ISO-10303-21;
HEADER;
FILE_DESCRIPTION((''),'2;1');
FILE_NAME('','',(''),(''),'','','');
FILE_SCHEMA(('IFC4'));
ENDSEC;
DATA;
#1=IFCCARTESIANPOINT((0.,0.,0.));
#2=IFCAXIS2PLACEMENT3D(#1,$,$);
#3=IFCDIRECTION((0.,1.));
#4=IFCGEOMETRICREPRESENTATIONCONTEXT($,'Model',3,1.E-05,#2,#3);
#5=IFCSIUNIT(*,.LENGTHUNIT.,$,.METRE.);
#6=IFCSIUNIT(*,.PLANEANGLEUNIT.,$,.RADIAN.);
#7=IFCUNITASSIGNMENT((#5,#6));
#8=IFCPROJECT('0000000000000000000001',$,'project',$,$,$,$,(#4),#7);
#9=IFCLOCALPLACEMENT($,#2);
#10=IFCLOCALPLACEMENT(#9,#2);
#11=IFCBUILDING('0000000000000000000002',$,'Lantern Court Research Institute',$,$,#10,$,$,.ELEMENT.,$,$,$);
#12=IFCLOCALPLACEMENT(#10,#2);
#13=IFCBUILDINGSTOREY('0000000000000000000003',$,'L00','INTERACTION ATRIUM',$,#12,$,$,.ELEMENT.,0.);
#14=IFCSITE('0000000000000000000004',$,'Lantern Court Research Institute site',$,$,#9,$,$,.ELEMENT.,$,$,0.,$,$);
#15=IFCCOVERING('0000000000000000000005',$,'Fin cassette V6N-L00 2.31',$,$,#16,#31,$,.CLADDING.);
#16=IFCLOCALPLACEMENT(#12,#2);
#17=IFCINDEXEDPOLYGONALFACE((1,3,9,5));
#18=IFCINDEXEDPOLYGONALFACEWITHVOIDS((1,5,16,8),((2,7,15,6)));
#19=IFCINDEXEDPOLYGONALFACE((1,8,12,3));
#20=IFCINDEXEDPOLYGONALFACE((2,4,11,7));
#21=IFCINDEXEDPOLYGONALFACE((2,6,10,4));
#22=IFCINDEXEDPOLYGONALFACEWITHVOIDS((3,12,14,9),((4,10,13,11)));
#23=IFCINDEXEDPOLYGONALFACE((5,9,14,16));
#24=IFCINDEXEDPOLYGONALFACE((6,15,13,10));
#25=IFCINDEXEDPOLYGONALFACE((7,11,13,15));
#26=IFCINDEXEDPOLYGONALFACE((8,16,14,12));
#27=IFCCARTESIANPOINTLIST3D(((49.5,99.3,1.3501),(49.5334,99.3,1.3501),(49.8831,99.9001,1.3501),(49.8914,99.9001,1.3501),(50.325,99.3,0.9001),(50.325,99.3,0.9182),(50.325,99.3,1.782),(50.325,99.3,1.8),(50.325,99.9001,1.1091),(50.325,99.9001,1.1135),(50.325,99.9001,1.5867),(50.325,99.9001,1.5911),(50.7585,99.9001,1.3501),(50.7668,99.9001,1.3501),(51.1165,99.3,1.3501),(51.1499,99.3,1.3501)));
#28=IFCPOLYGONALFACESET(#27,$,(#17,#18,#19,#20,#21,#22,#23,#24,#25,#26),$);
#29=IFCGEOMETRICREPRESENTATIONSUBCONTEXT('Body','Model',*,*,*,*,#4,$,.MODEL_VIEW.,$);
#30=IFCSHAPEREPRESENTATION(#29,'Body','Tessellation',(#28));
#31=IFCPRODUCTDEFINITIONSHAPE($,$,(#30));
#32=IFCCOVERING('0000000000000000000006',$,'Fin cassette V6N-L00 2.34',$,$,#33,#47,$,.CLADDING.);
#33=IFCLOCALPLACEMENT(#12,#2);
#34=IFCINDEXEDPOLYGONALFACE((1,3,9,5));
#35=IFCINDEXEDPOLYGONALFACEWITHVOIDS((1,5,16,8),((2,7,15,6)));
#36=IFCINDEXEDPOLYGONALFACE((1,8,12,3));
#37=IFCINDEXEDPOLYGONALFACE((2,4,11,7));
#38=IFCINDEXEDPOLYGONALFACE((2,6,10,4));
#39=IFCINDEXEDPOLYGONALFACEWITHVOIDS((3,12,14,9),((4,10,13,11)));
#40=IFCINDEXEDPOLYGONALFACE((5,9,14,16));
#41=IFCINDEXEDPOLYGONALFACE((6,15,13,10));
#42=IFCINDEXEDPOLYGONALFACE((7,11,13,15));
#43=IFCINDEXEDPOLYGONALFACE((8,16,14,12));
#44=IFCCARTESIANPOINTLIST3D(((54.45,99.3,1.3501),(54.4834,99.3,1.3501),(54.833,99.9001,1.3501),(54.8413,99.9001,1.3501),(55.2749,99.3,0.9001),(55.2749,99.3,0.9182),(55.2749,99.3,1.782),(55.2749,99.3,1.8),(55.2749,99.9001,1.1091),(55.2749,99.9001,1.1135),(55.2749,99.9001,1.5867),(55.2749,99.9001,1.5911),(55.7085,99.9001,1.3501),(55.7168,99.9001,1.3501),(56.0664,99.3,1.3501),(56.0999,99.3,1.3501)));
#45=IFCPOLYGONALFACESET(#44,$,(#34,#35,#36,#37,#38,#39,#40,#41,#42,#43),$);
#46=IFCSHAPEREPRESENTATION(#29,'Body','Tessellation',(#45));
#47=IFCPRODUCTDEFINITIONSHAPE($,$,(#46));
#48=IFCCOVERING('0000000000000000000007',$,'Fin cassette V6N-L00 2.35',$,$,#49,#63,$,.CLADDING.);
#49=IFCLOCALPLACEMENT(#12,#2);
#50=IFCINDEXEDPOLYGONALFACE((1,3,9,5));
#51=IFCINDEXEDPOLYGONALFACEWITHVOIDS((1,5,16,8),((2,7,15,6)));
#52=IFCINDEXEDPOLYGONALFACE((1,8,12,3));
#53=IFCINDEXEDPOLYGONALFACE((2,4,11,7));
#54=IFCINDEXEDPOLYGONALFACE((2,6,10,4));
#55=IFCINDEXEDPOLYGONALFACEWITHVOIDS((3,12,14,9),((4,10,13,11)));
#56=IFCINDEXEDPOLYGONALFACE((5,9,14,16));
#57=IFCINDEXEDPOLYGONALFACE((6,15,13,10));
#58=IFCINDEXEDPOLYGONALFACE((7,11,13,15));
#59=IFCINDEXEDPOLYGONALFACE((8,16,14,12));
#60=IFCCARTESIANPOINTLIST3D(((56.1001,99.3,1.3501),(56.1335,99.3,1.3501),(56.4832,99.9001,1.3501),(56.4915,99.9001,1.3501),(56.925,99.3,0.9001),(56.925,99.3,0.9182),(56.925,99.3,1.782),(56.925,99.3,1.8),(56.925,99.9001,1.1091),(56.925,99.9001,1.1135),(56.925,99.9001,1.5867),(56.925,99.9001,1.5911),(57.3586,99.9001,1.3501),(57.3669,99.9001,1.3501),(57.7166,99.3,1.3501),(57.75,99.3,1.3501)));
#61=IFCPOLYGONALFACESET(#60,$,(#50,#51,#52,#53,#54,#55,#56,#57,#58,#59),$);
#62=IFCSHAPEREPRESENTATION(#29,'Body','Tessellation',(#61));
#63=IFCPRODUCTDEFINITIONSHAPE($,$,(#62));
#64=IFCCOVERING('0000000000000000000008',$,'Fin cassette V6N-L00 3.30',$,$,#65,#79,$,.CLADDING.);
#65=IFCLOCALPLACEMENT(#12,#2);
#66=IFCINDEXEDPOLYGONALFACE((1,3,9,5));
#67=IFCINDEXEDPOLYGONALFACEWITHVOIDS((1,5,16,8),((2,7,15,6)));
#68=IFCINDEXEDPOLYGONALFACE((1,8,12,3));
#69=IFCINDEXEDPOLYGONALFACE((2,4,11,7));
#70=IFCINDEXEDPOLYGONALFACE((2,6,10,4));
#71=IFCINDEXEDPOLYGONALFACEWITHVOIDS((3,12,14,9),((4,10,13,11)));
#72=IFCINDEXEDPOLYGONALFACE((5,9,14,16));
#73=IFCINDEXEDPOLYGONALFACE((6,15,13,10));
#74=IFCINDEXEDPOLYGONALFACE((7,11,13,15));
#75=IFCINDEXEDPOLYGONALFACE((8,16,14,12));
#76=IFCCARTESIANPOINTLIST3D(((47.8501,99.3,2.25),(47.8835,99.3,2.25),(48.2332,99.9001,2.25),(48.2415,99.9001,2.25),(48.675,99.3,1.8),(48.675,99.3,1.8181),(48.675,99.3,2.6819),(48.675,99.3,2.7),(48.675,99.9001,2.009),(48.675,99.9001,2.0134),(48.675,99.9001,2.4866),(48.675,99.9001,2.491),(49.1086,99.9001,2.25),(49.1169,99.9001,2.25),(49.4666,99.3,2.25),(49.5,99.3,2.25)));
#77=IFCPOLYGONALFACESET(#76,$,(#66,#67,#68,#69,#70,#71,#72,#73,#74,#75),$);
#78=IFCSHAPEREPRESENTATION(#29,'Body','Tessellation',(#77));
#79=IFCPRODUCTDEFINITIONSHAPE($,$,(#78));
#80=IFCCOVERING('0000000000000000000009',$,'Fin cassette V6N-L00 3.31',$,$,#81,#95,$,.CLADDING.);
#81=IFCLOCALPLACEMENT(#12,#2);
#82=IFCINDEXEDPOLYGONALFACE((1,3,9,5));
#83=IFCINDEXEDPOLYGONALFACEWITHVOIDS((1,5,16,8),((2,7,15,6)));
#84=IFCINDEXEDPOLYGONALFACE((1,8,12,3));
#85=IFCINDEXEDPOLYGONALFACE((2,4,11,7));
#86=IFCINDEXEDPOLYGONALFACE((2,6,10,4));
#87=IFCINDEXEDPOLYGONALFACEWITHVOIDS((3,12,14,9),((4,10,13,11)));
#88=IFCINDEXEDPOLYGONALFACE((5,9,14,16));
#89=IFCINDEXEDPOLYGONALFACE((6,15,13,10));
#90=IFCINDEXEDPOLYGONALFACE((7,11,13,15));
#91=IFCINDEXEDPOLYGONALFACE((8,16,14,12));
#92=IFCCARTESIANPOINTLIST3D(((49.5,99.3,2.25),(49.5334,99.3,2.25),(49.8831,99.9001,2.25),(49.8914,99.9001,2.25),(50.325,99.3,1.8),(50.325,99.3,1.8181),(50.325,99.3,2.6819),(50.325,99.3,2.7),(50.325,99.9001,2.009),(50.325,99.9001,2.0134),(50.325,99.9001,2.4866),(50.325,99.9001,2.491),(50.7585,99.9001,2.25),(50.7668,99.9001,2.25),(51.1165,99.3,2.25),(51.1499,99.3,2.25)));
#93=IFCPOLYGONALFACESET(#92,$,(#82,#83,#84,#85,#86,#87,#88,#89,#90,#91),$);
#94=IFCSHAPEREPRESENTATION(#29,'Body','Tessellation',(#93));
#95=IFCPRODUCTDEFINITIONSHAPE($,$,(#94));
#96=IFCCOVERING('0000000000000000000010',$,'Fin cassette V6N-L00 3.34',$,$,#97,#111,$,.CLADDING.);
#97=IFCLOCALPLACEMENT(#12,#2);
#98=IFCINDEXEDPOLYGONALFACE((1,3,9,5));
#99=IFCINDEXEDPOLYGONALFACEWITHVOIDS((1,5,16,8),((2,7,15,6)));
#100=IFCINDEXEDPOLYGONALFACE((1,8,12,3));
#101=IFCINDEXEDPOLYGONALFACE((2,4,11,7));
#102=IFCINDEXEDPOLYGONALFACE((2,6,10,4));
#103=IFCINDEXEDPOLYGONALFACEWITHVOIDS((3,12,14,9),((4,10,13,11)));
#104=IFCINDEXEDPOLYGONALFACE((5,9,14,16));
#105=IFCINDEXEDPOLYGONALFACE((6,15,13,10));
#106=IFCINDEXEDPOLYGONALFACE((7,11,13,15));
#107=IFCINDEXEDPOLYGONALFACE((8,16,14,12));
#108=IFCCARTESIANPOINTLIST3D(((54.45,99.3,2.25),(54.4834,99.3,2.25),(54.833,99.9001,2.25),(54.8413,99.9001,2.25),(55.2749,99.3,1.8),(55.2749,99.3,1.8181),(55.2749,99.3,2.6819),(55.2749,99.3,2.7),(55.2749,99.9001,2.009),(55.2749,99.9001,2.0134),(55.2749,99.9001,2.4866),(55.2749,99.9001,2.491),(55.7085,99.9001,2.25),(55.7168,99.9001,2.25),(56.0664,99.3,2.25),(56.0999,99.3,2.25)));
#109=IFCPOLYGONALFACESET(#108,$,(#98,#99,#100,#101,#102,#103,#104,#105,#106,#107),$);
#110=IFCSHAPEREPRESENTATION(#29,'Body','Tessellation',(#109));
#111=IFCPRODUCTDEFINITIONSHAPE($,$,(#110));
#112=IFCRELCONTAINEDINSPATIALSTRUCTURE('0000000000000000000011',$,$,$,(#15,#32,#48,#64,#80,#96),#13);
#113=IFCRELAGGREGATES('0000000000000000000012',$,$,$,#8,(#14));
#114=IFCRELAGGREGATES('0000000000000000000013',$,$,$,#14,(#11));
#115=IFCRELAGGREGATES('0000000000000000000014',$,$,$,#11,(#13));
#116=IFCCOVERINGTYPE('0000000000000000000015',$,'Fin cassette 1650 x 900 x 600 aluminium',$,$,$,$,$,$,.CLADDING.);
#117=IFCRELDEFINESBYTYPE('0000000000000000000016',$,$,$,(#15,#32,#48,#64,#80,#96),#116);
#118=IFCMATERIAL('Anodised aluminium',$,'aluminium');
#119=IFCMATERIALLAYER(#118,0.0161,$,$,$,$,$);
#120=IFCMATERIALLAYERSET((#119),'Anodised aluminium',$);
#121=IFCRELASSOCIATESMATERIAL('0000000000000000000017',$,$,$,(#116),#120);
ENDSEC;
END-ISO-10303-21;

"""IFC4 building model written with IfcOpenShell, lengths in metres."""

from ifc_helpers import new_model, entity, si_unit, direction, frame, origin, place, context, subcontext, project, spatial, material, layer, layer_set, type_object, element, save


model = new_model("IFC4")

# Units and contexts
model_context = context("Model", 3, precision=1e-05, world=origin(), true_north=direction((0.0, 1.0)))
body_context = subcontext(model_context, "Body", "Model", "MODEL_VIEW")
ifc_project = project(units=[si_unit("LENGTHUNIT", "METRE"), si_unit("PLANEANGLEUNIT", "RADIAN")], contexts=[model_context])

# Site, building, storey
site_placement = place(None, origin())
site = spatial("IfcSite", under=ifc_project, at=site_placement, Name="Lantern Court Research Institute site", CompositionType="ELEMENT", RefElevation=0.0)
building_placement = place(site_placement, origin())
building = spatial("IfcBuilding", under=site, at=building_placement, Name="Lantern Court Research Institute", CompositionType="ELEMENT")
storey_placement = place(building_placement, origin())
storey = spatial("IfcBuildingStorey", under=building, at=storey_placement, Name="L00", Description="INTERACTION ATRIUM", CompositionType="ELEMENT", Elevation=0.0)

# Coverings
ifc_material_1 = material(Name="Anodised aluminium", Category="aluminium")
ifc_layer_1 = layer(ifc_material_1, 0.0161)
ifc_layer_set_1 = layer_set([ifc_layer_1], Name="Anodised aluminium")
covering_type_1 = type_object("IfcCoveringType", Name="Fin cassette 1650 x 900 x 600 aluminium", PredefinedType="CLADDING", material=ifc_layer_set_1)
covering_1_placement = place(storey_placement, frame((50.325, 99.3, 1.3501), z_axis=(0.0, 1.0, 0.0), x_axis=(-1.0, 0.0, 0.0)))
cartesian_point_1 = entity("IfcCartesianPoint", [0.825, 0.0])
cartesian_point_2 = entity("IfcCartesianPoint", [0.7915, 0.0])
cartesian_point_3 = entity("IfcCartesianPoint", [0.4419, 0.0])
cartesian_point_4 = entity("IfcCartesianPoint", [0.4336, 0.0])
element("IfcCovering", 1, at=covering_1_placement, inside=storey, type_object=covering_type_1, Name="Fin cassette V6N-L00 2.31", PredefinedType="CLADDING", context=body_context, shape_type="SweptSolid", body=[
    entity("IfcExtrudedAreaSolidTapered", entity("IfcArbitraryProfileDefWithVoids", "AREA", None, entity("IfcPolyline", [cartesian_point_1, entity("IfcCartesianPoint", [0.0, 0.45]), entity("IfcCartesianPoint", [-0.825, 0.0]), entity("IfcCartesianPoint", [0.0, -0.45]), cartesian_point_1]), [entity("IfcPolyline", [cartesian_point_2, entity("IfcCartesianPoint", [0.0, 0.4319]), entity("IfcCartesianPoint", [-0.7915, 0.0]), entity("IfcCartesianPoint", [0.0, -0.4319]), cartesian_point_2])]), entity("IfcAxis2Placement3D", entity("IfcCartesianPoint", [0.0, 0.0, 0.0])), entity("IfcDirection", [0.0, 0.0, 1.0]), 0.6001, entity("IfcArbitraryProfileDefWithVoids", "AREA", None, entity("IfcPolyline", [cartesian_point_3, entity("IfcCartesianPoint", [0.0, 0.241]), entity("IfcCartesianPoint", [-0.4419, 0.0]), entity("IfcCartesianPoint", [0.0, -0.241]), cartesian_point_3]), [entity("IfcPolyline", [cartesian_point_4, entity("IfcCartesianPoint", [0.0, 0.2366]), entity("IfcCartesianPoint", [-0.4336, 0.0]), entity("IfcCartesianPoint", [0.0, -0.2366]), cartesian_point_4])])),
])
covering_2_placement = place(storey_placement, frame((55.2749, 99.3, 1.3501), z_axis=(0.0, 1.0, 0.0), x_axis=(-1.0, 0.0, 0.0)))
cartesian_point_5 = entity("IfcCartesianPoint", [0.825, 0.0])
cartesian_point_6 = entity("IfcCartesianPoint", [0.7915, 0.0])
cartesian_point_7 = entity("IfcCartesianPoint", [0.4419, 0.0])
cartesian_point_8 = entity("IfcCartesianPoint", [0.4336, 0.0])
element("IfcCovering", 2, at=covering_2_placement, inside=storey, type_object=covering_type_1, Name="Fin cassette V6N-L00 2.34", PredefinedType="CLADDING", context=body_context, shape_type="SweptSolid", body=[
    entity("IfcExtrudedAreaSolidTapered", entity("IfcArbitraryProfileDefWithVoids", "AREA", None, entity("IfcPolyline", [cartesian_point_5, entity("IfcCartesianPoint", [0.0, 0.45]), entity("IfcCartesianPoint", [-0.825, 0.0]), entity("IfcCartesianPoint", [0.0, -0.45]), cartesian_point_5]), [entity("IfcPolyline", [cartesian_point_6, entity("IfcCartesianPoint", [0.0, 0.4319]), entity("IfcCartesianPoint", [-0.7915, 0.0]), entity("IfcCartesianPoint", [0.0, -0.4319]), cartesian_point_6])]), entity("IfcAxis2Placement3D", entity("IfcCartesianPoint", [0.0, 0.0, 0.0])), entity("IfcDirection", [0.0, 0.0, 1.0]), 0.6001, entity("IfcArbitraryProfileDefWithVoids", "AREA", None, entity("IfcPolyline", [cartesian_point_7, entity("IfcCartesianPoint", [0.0, 0.241]), entity("IfcCartesianPoint", [-0.4419, 0.0]), entity("IfcCartesianPoint", [0.0, -0.241]), cartesian_point_7]), [entity("IfcPolyline", [cartesian_point_8, entity("IfcCartesianPoint", [0.0, 0.2366]), entity("IfcCartesianPoint", [-0.4336, 0.0]), entity("IfcCartesianPoint", [0.0, -0.2366]), cartesian_point_8])])),
])
covering_3_placement = place(storey_placement, frame((56.925, 99.3, 1.3501), z_axis=(0.0, 1.0, 0.0), x_axis=(-1.0, 0.0, 0.0)))
cartesian_point_9 = entity("IfcCartesianPoint", [0.825, 0.0])
cartesian_point_10 = entity("IfcCartesianPoint", [0.7915, 0.0])
cartesian_point_11 = entity("IfcCartesianPoint", [0.4419, 0.0])
cartesian_point_12 = entity("IfcCartesianPoint", [0.4336, 0.0])
element("IfcCovering", 3, at=covering_3_placement, inside=storey, type_object=covering_type_1, Name="Fin cassette V6N-L00 2.35", PredefinedType="CLADDING", context=body_context, shape_type="SweptSolid", body=[
    entity("IfcExtrudedAreaSolidTapered", entity("IfcArbitraryProfileDefWithVoids", "AREA", None, entity("IfcPolyline", [cartesian_point_9, entity("IfcCartesianPoint", [0.0, 0.45]), entity("IfcCartesianPoint", [-0.825, 0.0]), entity("IfcCartesianPoint", [0.0, -0.45]), cartesian_point_9]), [entity("IfcPolyline", [cartesian_point_10, entity("IfcCartesianPoint", [0.0, 0.4319]), entity("IfcCartesianPoint", [-0.7915, 0.0]), entity("IfcCartesianPoint", [0.0, -0.4319]), cartesian_point_10])]), entity("IfcAxis2Placement3D", entity("IfcCartesianPoint", [0.0, 0.0, 0.0])), entity("IfcDirection", [0.0, 0.0, 1.0]), 0.6001, entity("IfcArbitraryProfileDefWithVoids", "AREA", None, entity("IfcPolyline", [cartesian_point_11, entity("IfcCartesianPoint", [0.0, 0.241]), entity("IfcCartesianPoint", [-0.4419, 0.0]), entity("IfcCartesianPoint", [0.0, -0.241]), cartesian_point_11]), [entity("IfcPolyline", [cartesian_point_12, entity("IfcCartesianPoint", [0.0, 0.2366]), entity("IfcCartesianPoint", [-0.4336, 0.0]), entity("IfcCartesianPoint", [0.0, -0.2366]), cartesian_point_12])])),
])
covering_4_placement = place(storey_placement, frame((48.675, 99.3, 2.25), z_axis=(0.0, 1.0, 0.0), x_axis=(-1.0, 0.0, 0.0)))
cartesian_point_13 = entity("IfcCartesianPoint", [0.825, 0.0])
cartesian_point_14 = entity("IfcCartesianPoint", [0.7915, 0.0])
cartesian_point_15 = entity("IfcCartesianPoint", [0.4419, 0.0])
cartesian_point_16 = entity("IfcCartesianPoint", [0.4336, 0.0])
element("IfcCovering", 4, at=covering_4_placement, inside=storey, type_object=covering_type_1, Name="Fin cassette V6N-L00 3.30", PredefinedType="CLADDING", context=body_context, shape_type="SweptSolid", body=[
    entity("IfcExtrudedAreaSolidTapered", entity("IfcArbitraryProfileDefWithVoids", "AREA", None, entity("IfcPolyline", [cartesian_point_13, entity("IfcCartesianPoint", [0.0, 0.45]), entity("IfcCartesianPoint", [-0.825, 0.0]), entity("IfcCartesianPoint", [0.0, -0.45]), cartesian_point_13]), [entity("IfcPolyline", [cartesian_point_14, entity("IfcCartesianPoint", [0.0, 0.4319]), entity("IfcCartesianPoint", [-0.7915, 0.0]), entity("IfcCartesianPoint", [0.0, -0.4319]), cartesian_point_14])]), entity("IfcAxis2Placement3D", entity("IfcCartesianPoint", [0.0, 0.0, 0.0])), entity("IfcDirection", [0.0, 0.0, 1.0]), 0.6001, entity("IfcArbitraryProfileDefWithVoids", "AREA", None, entity("IfcPolyline", [cartesian_point_15, entity("IfcCartesianPoint", [0.0, 0.241]), entity("IfcCartesianPoint", [-0.4419, 0.0]), entity("IfcCartesianPoint", [0.0, -0.241]), cartesian_point_15]), [entity("IfcPolyline", [cartesian_point_16, entity("IfcCartesianPoint", [0.0, 0.2366]), entity("IfcCartesianPoint", [-0.4336, 0.0]), entity("IfcCartesianPoint", [0.0, -0.2366]), cartesian_point_16])])),
])
covering_5_placement = place(storey_placement, frame((50.325, 99.3, 2.25), z_axis=(0.0, 1.0, 0.0), x_axis=(-1.0, 0.0, 0.0)))
cartesian_point_17 = entity("IfcCartesianPoint", [0.825, 0.0])
cartesian_point_18 = entity("IfcCartesianPoint", [0.7915, 0.0])
cartesian_point_19 = entity("IfcCartesianPoint", [0.4419, 0.0])
cartesian_point_20 = entity("IfcCartesianPoint", [0.4336, 0.0])
element("IfcCovering", 5, at=covering_5_placement, inside=storey, type_object=covering_type_1, Name="Fin cassette V6N-L00 3.31", PredefinedType="CLADDING", context=body_context, shape_type="SweptSolid", body=[
    entity("IfcExtrudedAreaSolidTapered", entity("IfcArbitraryProfileDefWithVoids", "AREA", None, entity("IfcPolyline", [cartesian_point_17, entity("IfcCartesianPoint", [0.0, 0.45]), entity("IfcCartesianPoint", [-0.825, 0.0]), entity("IfcCartesianPoint", [0.0, -0.45]), cartesian_point_17]), [entity("IfcPolyline", [cartesian_point_18, entity("IfcCartesianPoint", [0.0, 0.4319]), entity("IfcCartesianPoint", [-0.7915, 0.0]), entity("IfcCartesianPoint", [0.0, -0.4319]), cartesian_point_18])]), entity("IfcAxis2Placement3D", entity("IfcCartesianPoint", [0.0, 0.0, 0.0])), entity("IfcDirection", [0.0, 0.0, 1.0]), 0.6001, entity("IfcArbitraryProfileDefWithVoids", "AREA", None, entity("IfcPolyline", [cartesian_point_19, entity("IfcCartesianPoint", [0.0, 0.241]), entity("IfcCartesianPoint", [-0.4419, 0.0]), entity("IfcCartesianPoint", [0.0, -0.241]), cartesian_point_19]), [entity("IfcPolyline", [cartesian_point_20, entity("IfcCartesianPoint", [0.0, 0.2366]), entity("IfcCartesianPoint", [-0.4336, 0.0]), entity("IfcCartesianPoint", [0.0, -0.2366]), cartesian_point_20])])),
])
covering_6_placement = place(storey_placement, frame((55.2749, 99.3, 2.25), z_axis=(0.0, 1.0, 0.0), x_axis=(-1.0, 0.0, 0.0)))
cartesian_point_21 = entity("IfcCartesianPoint", [0.825, 0.0])
cartesian_point_22 = entity("IfcCartesianPoint", [0.7915, 0.0])
cartesian_point_23 = entity("IfcCartesianPoint", [0.4419, 0.0])
cartesian_point_24 = entity("IfcCartesianPoint", [0.4336, 0.0])
element("IfcCovering", 6, at=covering_6_placement, inside=storey, type_object=covering_type_1, Name="Fin cassette V6N-L00 3.34", PredefinedType="CLADDING", context=body_context, shape_type="SweptSolid", body=[
    entity("IfcExtrudedAreaSolidTapered", entity("IfcArbitraryProfileDefWithVoids", "AREA", None, entity("IfcPolyline", [cartesian_point_21, entity("IfcCartesianPoint", [0.0, 0.45]), entity("IfcCartesianPoint", [-0.825, 0.0]), entity("IfcCartesianPoint", [0.0, -0.45]), cartesian_point_21]), [entity("IfcPolyline", [cartesian_point_22, entity("IfcCartesianPoint", [0.0, 0.4319]), entity("IfcCartesianPoint", [-0.7915, 0.0]), entity("IfcCartesianPoint", [0.0, -0.4319]), cartesian_point_22])]), entity("IfcAxis2Placement3D", entity("IfcCartesianPoint", [0.0, 0.0, 0.0])), entity("IfcDirection", [0.0, 0.0, 1.0]), 0.6001, entity("IfcArbitraryProfileDefWithVoids", "AREA", None, entity("IfcPolyline", [cartesian_point_23, entity("IfcCartesianPoint", [0.0, 0.241]), entity("IfcCartesianPoint", [-0.4419, 0.0]), entity("IfcCartesianPoint", [0.0, -0.241]), cartesian_point_23]), [entity("IfcPolyline", [cartesian_point_24, entity("IfcCartesianPoint", [0.0, 0.2366]), entity("IfcCartesianPoint", [-0.4336, 0.0]), entity("IfcCartesianPoint", [0.0, -0.2366]), cartesian_point_24])])),
])

save(model, "model.ifc")
